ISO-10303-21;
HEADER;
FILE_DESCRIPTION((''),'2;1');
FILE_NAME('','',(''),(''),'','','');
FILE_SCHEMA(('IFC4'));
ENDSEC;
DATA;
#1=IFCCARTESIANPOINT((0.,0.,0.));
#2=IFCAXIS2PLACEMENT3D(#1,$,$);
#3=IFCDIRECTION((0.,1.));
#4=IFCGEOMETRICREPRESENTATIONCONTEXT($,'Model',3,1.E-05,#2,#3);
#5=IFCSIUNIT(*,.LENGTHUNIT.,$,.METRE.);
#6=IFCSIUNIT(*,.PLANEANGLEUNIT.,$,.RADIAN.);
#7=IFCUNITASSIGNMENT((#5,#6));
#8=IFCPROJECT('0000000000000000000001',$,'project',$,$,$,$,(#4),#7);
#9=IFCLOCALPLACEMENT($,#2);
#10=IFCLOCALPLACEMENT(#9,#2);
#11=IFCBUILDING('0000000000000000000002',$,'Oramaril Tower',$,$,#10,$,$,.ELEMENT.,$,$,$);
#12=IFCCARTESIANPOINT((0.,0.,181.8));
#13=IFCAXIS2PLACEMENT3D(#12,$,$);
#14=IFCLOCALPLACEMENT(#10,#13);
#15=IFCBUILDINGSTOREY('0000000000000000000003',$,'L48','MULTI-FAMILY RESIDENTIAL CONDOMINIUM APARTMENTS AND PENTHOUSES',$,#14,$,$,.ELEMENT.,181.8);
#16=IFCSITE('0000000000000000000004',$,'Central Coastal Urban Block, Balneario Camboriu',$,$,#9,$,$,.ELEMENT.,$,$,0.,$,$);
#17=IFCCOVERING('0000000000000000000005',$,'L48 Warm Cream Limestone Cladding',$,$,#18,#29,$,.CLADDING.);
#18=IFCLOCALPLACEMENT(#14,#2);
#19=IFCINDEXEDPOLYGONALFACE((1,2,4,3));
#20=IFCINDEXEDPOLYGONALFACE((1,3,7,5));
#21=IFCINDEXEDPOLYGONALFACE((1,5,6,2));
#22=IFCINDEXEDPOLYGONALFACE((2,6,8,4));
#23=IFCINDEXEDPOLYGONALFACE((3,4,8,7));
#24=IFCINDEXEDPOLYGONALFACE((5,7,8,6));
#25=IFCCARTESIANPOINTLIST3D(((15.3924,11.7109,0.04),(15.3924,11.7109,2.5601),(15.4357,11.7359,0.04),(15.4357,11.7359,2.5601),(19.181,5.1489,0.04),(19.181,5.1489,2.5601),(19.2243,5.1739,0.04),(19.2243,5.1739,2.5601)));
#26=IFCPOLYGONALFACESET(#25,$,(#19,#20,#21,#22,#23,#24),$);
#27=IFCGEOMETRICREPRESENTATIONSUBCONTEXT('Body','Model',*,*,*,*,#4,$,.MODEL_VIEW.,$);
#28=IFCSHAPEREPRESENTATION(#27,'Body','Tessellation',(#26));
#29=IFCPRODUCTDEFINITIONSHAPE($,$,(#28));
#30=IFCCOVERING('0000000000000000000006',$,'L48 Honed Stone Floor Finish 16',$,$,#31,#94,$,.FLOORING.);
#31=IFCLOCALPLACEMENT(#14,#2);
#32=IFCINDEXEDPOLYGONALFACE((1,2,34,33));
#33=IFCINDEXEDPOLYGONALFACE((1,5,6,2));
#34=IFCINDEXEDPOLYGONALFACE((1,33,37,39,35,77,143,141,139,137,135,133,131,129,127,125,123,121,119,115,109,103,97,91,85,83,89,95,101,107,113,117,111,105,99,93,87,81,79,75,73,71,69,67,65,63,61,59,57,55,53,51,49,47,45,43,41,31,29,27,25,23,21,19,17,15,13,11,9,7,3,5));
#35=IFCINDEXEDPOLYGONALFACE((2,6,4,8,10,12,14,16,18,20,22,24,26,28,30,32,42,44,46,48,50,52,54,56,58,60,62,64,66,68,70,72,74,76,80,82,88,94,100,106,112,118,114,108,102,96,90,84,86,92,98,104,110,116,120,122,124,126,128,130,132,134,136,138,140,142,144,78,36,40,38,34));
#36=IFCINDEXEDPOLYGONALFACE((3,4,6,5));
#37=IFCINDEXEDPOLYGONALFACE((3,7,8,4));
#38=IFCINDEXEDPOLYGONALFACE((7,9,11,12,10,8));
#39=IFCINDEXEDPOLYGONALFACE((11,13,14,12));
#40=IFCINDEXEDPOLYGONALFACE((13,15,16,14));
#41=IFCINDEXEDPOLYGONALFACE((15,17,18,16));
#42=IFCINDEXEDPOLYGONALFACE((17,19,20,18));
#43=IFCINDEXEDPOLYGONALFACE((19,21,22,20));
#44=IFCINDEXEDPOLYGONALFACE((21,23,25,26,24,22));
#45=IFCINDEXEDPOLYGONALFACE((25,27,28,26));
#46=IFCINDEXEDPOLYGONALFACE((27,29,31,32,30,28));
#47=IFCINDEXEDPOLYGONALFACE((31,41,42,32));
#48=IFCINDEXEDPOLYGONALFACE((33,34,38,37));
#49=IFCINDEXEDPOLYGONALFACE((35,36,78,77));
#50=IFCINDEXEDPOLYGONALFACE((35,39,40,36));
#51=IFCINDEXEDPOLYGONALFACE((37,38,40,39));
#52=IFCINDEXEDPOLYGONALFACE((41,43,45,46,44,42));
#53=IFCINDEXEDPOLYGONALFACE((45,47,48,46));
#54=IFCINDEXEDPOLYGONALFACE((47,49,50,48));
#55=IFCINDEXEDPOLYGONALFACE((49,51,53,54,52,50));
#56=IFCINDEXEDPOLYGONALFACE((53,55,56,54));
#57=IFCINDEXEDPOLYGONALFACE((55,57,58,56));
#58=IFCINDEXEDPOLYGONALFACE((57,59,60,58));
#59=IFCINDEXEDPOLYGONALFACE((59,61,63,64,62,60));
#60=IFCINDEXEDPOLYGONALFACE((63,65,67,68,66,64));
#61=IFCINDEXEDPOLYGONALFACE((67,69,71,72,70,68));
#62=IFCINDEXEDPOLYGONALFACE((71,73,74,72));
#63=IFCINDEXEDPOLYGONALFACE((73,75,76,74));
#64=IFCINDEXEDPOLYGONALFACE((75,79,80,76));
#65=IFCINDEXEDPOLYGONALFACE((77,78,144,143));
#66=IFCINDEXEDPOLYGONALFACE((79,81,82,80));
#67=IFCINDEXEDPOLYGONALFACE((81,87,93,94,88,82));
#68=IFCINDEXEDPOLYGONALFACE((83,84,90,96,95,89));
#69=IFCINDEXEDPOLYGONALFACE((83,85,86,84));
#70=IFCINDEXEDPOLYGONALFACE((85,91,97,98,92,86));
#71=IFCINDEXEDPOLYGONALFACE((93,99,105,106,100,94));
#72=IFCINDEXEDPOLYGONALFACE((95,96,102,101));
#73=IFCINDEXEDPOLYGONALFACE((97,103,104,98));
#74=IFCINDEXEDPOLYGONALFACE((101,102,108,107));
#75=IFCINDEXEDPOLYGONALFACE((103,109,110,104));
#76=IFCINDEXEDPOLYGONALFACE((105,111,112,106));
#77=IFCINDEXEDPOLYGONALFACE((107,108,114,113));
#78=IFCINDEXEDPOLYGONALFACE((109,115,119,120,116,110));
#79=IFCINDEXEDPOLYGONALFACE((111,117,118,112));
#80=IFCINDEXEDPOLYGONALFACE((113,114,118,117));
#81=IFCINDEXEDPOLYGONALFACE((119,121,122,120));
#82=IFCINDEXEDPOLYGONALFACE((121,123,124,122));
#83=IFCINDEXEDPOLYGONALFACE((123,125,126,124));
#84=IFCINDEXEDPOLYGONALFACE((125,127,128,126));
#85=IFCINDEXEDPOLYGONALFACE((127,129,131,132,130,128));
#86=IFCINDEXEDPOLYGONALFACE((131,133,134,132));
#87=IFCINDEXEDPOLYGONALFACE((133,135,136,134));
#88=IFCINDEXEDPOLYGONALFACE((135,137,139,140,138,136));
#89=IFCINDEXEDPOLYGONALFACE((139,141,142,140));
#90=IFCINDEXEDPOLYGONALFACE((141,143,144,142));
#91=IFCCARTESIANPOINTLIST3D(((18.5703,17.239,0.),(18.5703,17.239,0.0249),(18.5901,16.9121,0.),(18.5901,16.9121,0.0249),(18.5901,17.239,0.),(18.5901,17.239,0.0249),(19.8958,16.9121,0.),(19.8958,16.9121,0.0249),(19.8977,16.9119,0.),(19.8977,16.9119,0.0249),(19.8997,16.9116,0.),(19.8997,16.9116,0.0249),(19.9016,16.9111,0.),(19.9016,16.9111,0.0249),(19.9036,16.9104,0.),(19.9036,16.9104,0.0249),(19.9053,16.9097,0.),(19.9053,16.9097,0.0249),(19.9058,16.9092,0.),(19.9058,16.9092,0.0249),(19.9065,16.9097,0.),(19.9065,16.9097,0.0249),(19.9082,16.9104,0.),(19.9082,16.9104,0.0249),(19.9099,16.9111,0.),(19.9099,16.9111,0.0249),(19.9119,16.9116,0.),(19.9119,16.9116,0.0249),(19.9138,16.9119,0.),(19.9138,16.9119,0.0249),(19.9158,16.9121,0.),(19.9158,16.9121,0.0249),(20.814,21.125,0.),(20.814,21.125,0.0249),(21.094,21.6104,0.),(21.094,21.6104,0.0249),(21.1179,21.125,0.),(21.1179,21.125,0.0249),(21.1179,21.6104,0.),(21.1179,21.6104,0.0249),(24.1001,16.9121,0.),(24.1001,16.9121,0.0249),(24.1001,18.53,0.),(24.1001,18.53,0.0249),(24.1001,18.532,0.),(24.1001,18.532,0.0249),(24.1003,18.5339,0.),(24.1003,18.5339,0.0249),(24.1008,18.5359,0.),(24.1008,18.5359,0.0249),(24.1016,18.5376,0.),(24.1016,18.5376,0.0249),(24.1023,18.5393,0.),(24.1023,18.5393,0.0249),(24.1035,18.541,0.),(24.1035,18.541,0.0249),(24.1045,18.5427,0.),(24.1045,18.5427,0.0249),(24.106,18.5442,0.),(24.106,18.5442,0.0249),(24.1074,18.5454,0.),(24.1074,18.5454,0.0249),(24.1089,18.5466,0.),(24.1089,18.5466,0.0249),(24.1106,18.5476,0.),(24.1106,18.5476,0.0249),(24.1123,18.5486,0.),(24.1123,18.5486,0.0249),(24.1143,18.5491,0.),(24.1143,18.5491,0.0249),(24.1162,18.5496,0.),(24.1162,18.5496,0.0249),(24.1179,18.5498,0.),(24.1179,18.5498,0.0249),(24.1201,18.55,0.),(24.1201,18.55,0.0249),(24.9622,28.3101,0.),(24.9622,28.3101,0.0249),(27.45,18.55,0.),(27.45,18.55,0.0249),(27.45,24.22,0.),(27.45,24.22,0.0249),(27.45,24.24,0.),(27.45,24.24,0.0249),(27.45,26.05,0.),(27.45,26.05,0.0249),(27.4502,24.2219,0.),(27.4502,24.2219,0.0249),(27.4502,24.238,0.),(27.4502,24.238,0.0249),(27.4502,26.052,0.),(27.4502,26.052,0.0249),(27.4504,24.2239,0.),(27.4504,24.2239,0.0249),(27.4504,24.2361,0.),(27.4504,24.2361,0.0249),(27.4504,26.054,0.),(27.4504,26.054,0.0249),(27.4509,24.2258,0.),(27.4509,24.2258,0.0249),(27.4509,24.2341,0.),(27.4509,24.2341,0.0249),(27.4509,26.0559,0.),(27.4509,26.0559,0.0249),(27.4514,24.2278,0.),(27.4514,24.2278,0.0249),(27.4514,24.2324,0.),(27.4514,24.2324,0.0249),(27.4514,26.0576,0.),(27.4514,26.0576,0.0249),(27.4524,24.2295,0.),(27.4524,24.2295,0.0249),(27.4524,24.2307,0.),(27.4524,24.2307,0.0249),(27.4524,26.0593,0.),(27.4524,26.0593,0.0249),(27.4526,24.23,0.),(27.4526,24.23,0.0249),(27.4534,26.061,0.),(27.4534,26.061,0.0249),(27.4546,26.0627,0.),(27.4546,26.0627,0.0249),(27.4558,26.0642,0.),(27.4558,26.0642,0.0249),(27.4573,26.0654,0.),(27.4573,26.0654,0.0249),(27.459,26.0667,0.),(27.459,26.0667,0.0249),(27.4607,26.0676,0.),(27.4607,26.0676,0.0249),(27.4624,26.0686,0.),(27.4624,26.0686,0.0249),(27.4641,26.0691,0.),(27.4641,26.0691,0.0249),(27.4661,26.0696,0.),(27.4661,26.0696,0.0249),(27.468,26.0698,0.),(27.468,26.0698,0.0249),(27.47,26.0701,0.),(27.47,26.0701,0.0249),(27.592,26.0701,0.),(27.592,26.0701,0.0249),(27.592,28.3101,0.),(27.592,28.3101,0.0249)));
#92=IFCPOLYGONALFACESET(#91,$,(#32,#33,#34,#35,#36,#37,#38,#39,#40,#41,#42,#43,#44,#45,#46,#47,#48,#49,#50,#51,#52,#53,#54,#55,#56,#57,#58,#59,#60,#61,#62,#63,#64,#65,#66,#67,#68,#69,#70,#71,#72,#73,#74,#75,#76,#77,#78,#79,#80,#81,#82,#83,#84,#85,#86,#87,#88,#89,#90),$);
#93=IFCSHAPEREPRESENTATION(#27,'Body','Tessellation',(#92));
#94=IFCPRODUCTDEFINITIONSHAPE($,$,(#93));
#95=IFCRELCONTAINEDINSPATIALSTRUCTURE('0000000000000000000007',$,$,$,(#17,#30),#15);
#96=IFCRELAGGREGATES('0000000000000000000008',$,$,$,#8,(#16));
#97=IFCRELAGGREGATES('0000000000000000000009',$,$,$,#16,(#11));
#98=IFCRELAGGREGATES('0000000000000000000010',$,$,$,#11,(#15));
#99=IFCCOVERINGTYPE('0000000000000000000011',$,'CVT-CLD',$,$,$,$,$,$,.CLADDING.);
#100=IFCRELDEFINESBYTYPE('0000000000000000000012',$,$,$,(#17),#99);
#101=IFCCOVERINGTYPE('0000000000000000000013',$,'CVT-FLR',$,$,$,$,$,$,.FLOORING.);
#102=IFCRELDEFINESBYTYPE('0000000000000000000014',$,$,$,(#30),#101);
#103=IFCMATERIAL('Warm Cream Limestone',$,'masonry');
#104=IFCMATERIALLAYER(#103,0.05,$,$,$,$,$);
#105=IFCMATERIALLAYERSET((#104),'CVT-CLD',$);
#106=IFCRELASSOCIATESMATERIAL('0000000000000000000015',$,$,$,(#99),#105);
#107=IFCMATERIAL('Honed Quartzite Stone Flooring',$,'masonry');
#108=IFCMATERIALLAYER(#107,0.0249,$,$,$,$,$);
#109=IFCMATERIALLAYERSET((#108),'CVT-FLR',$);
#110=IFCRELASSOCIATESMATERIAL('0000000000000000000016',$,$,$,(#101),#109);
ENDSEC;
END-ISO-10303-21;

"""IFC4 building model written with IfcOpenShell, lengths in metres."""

from ifc_helpers import new_model, si_unit, direction, frame, origin, origin_2d, place, context, subcontext, project, spatial, polyline, rectangle, outline, extrude, material, layer, layer_set, type_object, element, save


model = new_model("IFC4")

# Units and contexts
model_context = context("Model", 3, precision=1e-05, world=origin(), true_north=direction((0.0, 1.0)))
body_context = subcontext(model_context, "Body", "Model", "MODEL_VIEW")
ifc_project = project(units=[si_unit("LENGTHUNIT", "METRE"), si_unit("PLANEANGLEUNIT", "RADIAN")], contexts=[model_context])

# Site, building, storey
site_placement = place(None, origin())
site = spatial("IfcSite", under=ifc_project, at=site_placement, Name="Central Coastal Urban Block, Balneario Camboriu", CompositionType="ELEMENT", RefElevation=0.0)
building_placement = place(site_placement, origin())
building = spatial("IfcBuilding", under=site, at=building_placement, Name="Oramaril Tower", CompositionType="ELEMENT")
storey_placement = place(building_placement, frame((0.0, 0.0, 181.8)))
storey = spatial("IfcBuildingStorey", under=building, at=storey_placement, Name="L48", Description="MULTI-FAMILY RESIDENTIAL CONDOMINIUM APARTMENTS AND PENTHOUSES", CompositionType="ELEMENT", Elevation=181.8)

# Coverings
ifc_material_1 = material(Name="Warm Cream Limestone", Category="masonry")
ifc_layer_1 = layer(ifc_material_1, 0.05)
ifc_layer_set_1 = layer_set([ifc_layer_1], Name="CVT-CLD")
covering_type_1 = type_object("IfcCoveringType", Name="CVT-CLD", PredefinedType="CLADDING", material=ifc_layer_set_1)
covering_1_placement = place(storey_placement, frame((17.3083, 8.4424, 0.04), z_axis=(0.0, 0.0, 1.0), x_axis=(0.500009, -0.86602, 0.0)))
element("IfcCovering", 1, at=covering_1_placement, inside=storey, type_object=covering_type_1, Name="L48 Warm Cream Limestone Cladding", PredefinedType="CLADDING", context=body_context, shape_type="SweptSolid", body=[
    extrude(rectangle(XDim=7.5771, YDim=0.05, at=origin_2d()), origin(), (0.0, 0.0, 1.0), 2.52),
])
ifc_material_2 = material(Name="Honed Quartzite Stone Flooring", Category="masonry")
ifc_layer_2 = layer(ifc_material_2, 0.0249)
ifc_layer_set_2 = layer_set([ifc_layer_2], Name="CVT-FLR")
covering_type_2 = type_object("IfcCoveringType", Name="CVT-FLR", PredefinedType="FLOORING", material=ifc_layer_set_2)
covering_2_placement = place(storey_placement, origin())
element("IfcCovering", 2, at=covering_2_placement, inside=storey, type_object=covering_type_2, Name="L48 Honed Stone Floor Finish 16", PredefinedType="FLOORING", context=body_context, shape_type="SweptSolid", body=[
    extrude(outline(polyline([(18.5901, 17.239), (18.5703, 17.239), (20.814, 21.125), (21.1179, 21.125), (21.1179, 21.6104), (21.094, 21.6104), (24.9622, 28.3101), (27.592, 28.3101), (27.592, 26.0701), (27.47, 26.0701), (27.468, 26.0698), (27.4661, 26.0696), (27.4641, 26.0691), (27.4624, 26.0686), (27.4607, 26.0676), (27.459, 26.0667), (27.4573, 26.0654), (27.4558, 26.0642), (27.4546, 26.0627), (27.4534, 26.061), (27.4524, 26.0593), (27.4514, 26.0576), (27.4509, 26.0559), (27.4504, 26.054), (27.4502, 26.052), (27.45, 26.05), (27.45, 24.24), (27.4502, 24.238), (27.4504, 24.2361), (27.4509, 24.2341), (27.4514, 24.2324), (27.4524, 24.2307), (27.4526, 24.23), (27.4524, 24.2295), (27.4514, 24.2278), (27.4509, 24.2258), (27.4504, 24.2239), (27.4502, 24.2219), (27.45, 24.22), (27.45, 18.55), (24.1201, 18.55), (24.1179, 18.5498), (24.1162, 18.5496), (24.1143, 18.5491), (24.1123, 18.5486), (24.1106, 18.5476), (24.1089, 18.5466), (24.1074, 18.5454), (24.106, 18.5442), (24.1045, 18.5427), (24.1035, 18.541), (24.1023, 18.5393), (24.1016, 18.5376), (24.1008, 18.5359), (24.1003, 18.5339), (24.1001, 18.532), (24.1001, 18.53), (24.1001, 16.9121), (19.9158, 16.9121), (19.9138, 16.9119), (19.9119, 16.9116), (19.9099, 16.9111), (19.9082, 16.9104), (19.9065, 16.9097), (19.9058, 16.9092), (19.9053, 16.9097), (19.9036, 16.9104), (19.9016, 16.9111), (19.8997, 16.9116), (19.8977, 16.9119), (19.8958, 16.9121), (18.5901, 16.9121), (18.5901, 17.239)])), origin(), (0.0, 0.0, 1.0), 0.0249),
])

save(model, "model.ifc")
